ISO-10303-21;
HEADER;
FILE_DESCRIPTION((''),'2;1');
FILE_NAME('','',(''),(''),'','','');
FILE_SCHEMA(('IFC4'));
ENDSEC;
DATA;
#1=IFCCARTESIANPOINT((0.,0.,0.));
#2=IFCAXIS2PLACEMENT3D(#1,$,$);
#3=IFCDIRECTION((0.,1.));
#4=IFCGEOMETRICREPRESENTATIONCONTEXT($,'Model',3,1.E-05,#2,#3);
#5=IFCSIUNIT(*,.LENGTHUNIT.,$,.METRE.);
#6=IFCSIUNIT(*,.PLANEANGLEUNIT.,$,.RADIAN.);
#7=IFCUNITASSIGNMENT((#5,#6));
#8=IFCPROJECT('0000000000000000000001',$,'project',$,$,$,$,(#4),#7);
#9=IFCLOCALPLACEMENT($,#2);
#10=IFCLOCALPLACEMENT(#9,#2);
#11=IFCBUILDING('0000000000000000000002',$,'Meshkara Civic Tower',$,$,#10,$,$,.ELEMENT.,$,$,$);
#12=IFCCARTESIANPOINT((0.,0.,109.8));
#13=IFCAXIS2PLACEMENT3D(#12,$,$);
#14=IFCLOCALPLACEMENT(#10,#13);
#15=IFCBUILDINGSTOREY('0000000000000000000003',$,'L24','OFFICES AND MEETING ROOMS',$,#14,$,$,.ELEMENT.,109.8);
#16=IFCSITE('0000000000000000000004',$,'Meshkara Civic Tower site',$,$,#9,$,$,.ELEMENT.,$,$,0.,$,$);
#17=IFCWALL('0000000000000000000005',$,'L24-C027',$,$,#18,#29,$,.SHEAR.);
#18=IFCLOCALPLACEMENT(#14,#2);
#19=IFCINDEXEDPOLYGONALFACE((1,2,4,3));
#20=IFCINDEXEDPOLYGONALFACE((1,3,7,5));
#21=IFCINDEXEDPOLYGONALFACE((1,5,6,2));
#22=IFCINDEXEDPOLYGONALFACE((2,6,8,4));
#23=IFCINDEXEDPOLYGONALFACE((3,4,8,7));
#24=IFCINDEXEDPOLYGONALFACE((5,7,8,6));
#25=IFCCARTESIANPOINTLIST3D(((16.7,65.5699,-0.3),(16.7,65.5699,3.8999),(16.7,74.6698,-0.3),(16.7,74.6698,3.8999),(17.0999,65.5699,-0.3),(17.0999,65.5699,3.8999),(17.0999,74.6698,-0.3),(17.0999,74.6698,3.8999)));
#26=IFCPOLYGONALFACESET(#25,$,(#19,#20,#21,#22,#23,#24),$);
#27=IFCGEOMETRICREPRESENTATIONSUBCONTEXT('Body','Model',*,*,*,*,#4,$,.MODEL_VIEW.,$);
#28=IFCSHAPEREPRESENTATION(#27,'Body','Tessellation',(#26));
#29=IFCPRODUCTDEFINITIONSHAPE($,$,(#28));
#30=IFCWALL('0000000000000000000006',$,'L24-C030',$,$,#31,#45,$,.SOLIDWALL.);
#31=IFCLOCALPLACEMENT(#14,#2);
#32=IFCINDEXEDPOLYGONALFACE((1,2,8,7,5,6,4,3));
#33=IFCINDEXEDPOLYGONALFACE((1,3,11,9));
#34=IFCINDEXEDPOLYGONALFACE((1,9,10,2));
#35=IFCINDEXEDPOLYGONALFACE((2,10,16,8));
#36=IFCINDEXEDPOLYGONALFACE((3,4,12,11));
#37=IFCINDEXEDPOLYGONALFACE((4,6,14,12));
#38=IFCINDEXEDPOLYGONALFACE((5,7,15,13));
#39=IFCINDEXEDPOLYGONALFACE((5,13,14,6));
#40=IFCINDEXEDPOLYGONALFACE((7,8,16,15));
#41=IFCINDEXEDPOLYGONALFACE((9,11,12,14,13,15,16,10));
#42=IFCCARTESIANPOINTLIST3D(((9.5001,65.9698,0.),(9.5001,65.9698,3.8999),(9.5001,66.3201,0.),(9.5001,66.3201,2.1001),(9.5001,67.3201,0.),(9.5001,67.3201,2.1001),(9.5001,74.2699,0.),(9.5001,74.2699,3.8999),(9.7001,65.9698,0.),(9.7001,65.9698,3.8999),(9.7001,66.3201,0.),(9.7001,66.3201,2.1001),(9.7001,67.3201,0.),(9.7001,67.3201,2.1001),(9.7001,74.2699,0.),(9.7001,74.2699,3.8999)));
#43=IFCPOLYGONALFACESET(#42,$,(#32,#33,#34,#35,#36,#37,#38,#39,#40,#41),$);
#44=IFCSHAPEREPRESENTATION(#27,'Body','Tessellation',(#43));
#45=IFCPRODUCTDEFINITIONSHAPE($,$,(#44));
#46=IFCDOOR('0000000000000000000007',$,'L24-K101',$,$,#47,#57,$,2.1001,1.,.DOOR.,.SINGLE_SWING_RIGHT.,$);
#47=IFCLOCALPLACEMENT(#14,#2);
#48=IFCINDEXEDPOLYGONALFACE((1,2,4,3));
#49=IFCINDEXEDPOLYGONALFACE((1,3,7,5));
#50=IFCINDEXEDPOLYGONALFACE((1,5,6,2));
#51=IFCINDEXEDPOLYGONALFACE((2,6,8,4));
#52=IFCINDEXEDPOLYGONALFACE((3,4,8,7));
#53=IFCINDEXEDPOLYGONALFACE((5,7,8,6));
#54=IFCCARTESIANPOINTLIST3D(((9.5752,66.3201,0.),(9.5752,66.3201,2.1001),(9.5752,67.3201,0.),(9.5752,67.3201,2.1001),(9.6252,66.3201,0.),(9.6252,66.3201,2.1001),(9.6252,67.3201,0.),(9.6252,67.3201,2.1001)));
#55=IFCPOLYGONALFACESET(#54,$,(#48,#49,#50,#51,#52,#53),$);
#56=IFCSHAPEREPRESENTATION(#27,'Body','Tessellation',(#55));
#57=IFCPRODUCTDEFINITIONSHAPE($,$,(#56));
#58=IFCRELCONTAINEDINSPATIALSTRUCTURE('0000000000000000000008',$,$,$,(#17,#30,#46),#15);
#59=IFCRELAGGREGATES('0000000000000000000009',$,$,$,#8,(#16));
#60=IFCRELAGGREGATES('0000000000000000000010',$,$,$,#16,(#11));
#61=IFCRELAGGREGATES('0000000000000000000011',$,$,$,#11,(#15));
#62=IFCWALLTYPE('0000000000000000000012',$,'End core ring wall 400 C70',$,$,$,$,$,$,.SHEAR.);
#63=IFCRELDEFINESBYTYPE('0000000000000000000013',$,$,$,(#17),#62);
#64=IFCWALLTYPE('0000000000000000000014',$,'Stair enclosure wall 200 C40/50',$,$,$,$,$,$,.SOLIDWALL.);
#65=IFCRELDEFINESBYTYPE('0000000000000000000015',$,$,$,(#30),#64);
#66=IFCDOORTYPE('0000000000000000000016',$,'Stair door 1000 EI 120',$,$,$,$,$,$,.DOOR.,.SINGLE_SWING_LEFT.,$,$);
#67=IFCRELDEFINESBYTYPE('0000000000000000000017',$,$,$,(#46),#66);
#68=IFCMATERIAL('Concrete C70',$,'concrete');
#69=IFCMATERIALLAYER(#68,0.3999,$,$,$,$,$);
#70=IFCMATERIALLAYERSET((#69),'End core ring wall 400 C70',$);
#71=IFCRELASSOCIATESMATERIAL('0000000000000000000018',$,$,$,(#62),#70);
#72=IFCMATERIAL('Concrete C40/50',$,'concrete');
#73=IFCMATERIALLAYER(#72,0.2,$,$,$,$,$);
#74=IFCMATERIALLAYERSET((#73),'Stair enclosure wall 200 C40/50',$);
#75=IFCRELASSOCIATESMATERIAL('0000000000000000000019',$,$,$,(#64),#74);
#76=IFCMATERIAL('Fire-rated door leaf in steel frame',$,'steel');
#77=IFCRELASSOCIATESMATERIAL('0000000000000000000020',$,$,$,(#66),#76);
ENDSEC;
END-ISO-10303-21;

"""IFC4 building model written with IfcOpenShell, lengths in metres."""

from ifc_helpers import new_model, si_unit, direction, frame, frame_2d, origin, place, context, subcontext, project, spatial, rectangle, extrude, material, layer, layer_set, type_object, element, fill, save


model = new_model("IFC4")

# Units and contexts
model_context = context("Model", 3, precision=1e-05, world=origin(), true_north=direction((0.0, 1.0)))
body_context = subcontext(model_context, "Body", "Model", "MODEL_VIEW")
ifc_project = project(units=[si_unit("LENGTHUNIT", "METRE"), si_unit("PLANEANGLEUNIT", "RADIAN")], contexts=[model_context])

# Site, building, storey
site_placement = place(None, origin())
site = spatial("IfcSite", under=ifc_project, at=site_placement, Name="Meshkara Civic Tower site", CompositionType="ELEMENT", RefElevation=0.0)
building_placement = place(site_placement, origin())
building = spatial("IfcBuilding", under=site, at=building_placement, Name="Meshkara Civic Tower", CompositionType="ELEMENT")
storey_placement = place(building_placement, frame((0.0, 0.0, 109.8)))
storey = spatial("IfcBuildingStorey", under=building, at=storey_placement, Name="L24", Description="OFFICES AND MEETING ROOMS", CompositionType="ELEMENT", Elevation=109.8)

# Wall
ifc_material_1 = material(Name="Concrete C70", Category="concrete")
ifc_layer_1 = layer(ifc_material_1, 0.3999)
ifc_layer_set_1 = layer_set([ifc_layer_1], Name="End core ring wall 400 C70")
wall_type_1 = type_object("IfcWallType", Name="End core ring wall 400 C70", PredefinedType="SHEAR", material=ifc_layer_set_1)
wall_1_placement = place(storey_placement, frame((16.8999, 65.5701, -0.3), z_axis=(0.0, 0.0, 1.0), x_axis=(0.0, 1.0, 0.0)))
element("IfcWall", 1, at=wall_1_placement, inside=storey, type_object=wall_type_1, Name="L24-C027", PredefinedType="SHEAR", context=body_context, shape_type="SweptSolid", body=[
    extrude(rectangle(XDim=9.0999, YDim=0.3999, at=frame_2d((4.5498, 0.0))), origin(), (0.0, 0.0, 1.0), 4.2),
])

# Wall, opening, door
ifc_material_2 = material(Name="Concrete C40/50", Category="concrete")
ifc_layer_2 = layer(ifc_material_2, 0.2)
ifc_layer_set_2 = layer_set([ifc_layer_2], Name="Stair enclosure wall 200 C40/50")
wall_type_2 = type_object("IfcWallType", Name="Stair enclosure wall 200 C40/50", PredefinedType="SOLIDWALL", material=ifc_layer_set_2)
wall_2_placement = place(storey_placement, frame((9.6001, 65.97, 0.0), z_axis=(0.0, 0.0, 1.0), x_axis=(0.0, 1.0, 0.0)))
wall_2 = element("IfcWall", 2, at=wall_2_placement, inside=storey, type_object=wall_type_2, Name="L24-C030", PredefinedType="SOLIDWALL", context=body_context, shape_type="SweptSolid", body=[
    extrude(rectangle(XDim=8.3, YDim=0.2, at=frame_2d((4.1499, 0.0))), origin(), (0.0, 0.0, 1.0), 3.8999),
])
opening_1_placement = place(wall_2_placement, frame((0.3501, 0.0, 0.0)))
opening_1 = element("IfcOpeningElement", 3, at=opening_1_placement, cuts=wall_2, PredefinedType="OPENING", context=body_context, shape_type="SweptSolid", body=[
    extrude(rectangle(XDim=1.0, YDim=2.1001, at=frame_2d((0.5, 1.05))), frame((0.0, 0.1099, 0.0), z_axis=(0.0, -1.0, 0.0), x_axis=(1.0, 0.0, 0.0)), (0.0, 0.0, 1.0), 0.22),
])
ifc_material_3 = material(Name="Fire-rated door leaf in steel frame", Category="steel")
door_type_1 = type_object("IfcDoorType", Name="Stair door 1000 EI 120", OperationType="SINGLE_SWING_LEFT", PredefinedType="DOOR", material=ifc_material_3)
door_1_placement = place(opening_1_placement, origin())
door_1 = element("IfcDoor", 4, at=door_1_placement, inside=storey, type_object=door_type_1, Name="L24-K101", OperationType="SINGLE_SWING_RIGHT", OverallHeight=2.1001, OverallWidth=1.0, PredefinedType="DOOR", context=body_context, shape_type="SweptSolid", body=[
    extrude(rectangle(XDim=1.0, YDim=2.1001, at=frame_2d((0.5, 1.05))), frame((0.0, 0.0249, 0.0), z_axis=(0.0, -1.0, 0.0), x_axis=(1.0, 0.0, 0.0)), (0.0, 0.0, 1.0), 0.05),
])
fill(opening_1, door_1)

save(model, "model.ifc")
